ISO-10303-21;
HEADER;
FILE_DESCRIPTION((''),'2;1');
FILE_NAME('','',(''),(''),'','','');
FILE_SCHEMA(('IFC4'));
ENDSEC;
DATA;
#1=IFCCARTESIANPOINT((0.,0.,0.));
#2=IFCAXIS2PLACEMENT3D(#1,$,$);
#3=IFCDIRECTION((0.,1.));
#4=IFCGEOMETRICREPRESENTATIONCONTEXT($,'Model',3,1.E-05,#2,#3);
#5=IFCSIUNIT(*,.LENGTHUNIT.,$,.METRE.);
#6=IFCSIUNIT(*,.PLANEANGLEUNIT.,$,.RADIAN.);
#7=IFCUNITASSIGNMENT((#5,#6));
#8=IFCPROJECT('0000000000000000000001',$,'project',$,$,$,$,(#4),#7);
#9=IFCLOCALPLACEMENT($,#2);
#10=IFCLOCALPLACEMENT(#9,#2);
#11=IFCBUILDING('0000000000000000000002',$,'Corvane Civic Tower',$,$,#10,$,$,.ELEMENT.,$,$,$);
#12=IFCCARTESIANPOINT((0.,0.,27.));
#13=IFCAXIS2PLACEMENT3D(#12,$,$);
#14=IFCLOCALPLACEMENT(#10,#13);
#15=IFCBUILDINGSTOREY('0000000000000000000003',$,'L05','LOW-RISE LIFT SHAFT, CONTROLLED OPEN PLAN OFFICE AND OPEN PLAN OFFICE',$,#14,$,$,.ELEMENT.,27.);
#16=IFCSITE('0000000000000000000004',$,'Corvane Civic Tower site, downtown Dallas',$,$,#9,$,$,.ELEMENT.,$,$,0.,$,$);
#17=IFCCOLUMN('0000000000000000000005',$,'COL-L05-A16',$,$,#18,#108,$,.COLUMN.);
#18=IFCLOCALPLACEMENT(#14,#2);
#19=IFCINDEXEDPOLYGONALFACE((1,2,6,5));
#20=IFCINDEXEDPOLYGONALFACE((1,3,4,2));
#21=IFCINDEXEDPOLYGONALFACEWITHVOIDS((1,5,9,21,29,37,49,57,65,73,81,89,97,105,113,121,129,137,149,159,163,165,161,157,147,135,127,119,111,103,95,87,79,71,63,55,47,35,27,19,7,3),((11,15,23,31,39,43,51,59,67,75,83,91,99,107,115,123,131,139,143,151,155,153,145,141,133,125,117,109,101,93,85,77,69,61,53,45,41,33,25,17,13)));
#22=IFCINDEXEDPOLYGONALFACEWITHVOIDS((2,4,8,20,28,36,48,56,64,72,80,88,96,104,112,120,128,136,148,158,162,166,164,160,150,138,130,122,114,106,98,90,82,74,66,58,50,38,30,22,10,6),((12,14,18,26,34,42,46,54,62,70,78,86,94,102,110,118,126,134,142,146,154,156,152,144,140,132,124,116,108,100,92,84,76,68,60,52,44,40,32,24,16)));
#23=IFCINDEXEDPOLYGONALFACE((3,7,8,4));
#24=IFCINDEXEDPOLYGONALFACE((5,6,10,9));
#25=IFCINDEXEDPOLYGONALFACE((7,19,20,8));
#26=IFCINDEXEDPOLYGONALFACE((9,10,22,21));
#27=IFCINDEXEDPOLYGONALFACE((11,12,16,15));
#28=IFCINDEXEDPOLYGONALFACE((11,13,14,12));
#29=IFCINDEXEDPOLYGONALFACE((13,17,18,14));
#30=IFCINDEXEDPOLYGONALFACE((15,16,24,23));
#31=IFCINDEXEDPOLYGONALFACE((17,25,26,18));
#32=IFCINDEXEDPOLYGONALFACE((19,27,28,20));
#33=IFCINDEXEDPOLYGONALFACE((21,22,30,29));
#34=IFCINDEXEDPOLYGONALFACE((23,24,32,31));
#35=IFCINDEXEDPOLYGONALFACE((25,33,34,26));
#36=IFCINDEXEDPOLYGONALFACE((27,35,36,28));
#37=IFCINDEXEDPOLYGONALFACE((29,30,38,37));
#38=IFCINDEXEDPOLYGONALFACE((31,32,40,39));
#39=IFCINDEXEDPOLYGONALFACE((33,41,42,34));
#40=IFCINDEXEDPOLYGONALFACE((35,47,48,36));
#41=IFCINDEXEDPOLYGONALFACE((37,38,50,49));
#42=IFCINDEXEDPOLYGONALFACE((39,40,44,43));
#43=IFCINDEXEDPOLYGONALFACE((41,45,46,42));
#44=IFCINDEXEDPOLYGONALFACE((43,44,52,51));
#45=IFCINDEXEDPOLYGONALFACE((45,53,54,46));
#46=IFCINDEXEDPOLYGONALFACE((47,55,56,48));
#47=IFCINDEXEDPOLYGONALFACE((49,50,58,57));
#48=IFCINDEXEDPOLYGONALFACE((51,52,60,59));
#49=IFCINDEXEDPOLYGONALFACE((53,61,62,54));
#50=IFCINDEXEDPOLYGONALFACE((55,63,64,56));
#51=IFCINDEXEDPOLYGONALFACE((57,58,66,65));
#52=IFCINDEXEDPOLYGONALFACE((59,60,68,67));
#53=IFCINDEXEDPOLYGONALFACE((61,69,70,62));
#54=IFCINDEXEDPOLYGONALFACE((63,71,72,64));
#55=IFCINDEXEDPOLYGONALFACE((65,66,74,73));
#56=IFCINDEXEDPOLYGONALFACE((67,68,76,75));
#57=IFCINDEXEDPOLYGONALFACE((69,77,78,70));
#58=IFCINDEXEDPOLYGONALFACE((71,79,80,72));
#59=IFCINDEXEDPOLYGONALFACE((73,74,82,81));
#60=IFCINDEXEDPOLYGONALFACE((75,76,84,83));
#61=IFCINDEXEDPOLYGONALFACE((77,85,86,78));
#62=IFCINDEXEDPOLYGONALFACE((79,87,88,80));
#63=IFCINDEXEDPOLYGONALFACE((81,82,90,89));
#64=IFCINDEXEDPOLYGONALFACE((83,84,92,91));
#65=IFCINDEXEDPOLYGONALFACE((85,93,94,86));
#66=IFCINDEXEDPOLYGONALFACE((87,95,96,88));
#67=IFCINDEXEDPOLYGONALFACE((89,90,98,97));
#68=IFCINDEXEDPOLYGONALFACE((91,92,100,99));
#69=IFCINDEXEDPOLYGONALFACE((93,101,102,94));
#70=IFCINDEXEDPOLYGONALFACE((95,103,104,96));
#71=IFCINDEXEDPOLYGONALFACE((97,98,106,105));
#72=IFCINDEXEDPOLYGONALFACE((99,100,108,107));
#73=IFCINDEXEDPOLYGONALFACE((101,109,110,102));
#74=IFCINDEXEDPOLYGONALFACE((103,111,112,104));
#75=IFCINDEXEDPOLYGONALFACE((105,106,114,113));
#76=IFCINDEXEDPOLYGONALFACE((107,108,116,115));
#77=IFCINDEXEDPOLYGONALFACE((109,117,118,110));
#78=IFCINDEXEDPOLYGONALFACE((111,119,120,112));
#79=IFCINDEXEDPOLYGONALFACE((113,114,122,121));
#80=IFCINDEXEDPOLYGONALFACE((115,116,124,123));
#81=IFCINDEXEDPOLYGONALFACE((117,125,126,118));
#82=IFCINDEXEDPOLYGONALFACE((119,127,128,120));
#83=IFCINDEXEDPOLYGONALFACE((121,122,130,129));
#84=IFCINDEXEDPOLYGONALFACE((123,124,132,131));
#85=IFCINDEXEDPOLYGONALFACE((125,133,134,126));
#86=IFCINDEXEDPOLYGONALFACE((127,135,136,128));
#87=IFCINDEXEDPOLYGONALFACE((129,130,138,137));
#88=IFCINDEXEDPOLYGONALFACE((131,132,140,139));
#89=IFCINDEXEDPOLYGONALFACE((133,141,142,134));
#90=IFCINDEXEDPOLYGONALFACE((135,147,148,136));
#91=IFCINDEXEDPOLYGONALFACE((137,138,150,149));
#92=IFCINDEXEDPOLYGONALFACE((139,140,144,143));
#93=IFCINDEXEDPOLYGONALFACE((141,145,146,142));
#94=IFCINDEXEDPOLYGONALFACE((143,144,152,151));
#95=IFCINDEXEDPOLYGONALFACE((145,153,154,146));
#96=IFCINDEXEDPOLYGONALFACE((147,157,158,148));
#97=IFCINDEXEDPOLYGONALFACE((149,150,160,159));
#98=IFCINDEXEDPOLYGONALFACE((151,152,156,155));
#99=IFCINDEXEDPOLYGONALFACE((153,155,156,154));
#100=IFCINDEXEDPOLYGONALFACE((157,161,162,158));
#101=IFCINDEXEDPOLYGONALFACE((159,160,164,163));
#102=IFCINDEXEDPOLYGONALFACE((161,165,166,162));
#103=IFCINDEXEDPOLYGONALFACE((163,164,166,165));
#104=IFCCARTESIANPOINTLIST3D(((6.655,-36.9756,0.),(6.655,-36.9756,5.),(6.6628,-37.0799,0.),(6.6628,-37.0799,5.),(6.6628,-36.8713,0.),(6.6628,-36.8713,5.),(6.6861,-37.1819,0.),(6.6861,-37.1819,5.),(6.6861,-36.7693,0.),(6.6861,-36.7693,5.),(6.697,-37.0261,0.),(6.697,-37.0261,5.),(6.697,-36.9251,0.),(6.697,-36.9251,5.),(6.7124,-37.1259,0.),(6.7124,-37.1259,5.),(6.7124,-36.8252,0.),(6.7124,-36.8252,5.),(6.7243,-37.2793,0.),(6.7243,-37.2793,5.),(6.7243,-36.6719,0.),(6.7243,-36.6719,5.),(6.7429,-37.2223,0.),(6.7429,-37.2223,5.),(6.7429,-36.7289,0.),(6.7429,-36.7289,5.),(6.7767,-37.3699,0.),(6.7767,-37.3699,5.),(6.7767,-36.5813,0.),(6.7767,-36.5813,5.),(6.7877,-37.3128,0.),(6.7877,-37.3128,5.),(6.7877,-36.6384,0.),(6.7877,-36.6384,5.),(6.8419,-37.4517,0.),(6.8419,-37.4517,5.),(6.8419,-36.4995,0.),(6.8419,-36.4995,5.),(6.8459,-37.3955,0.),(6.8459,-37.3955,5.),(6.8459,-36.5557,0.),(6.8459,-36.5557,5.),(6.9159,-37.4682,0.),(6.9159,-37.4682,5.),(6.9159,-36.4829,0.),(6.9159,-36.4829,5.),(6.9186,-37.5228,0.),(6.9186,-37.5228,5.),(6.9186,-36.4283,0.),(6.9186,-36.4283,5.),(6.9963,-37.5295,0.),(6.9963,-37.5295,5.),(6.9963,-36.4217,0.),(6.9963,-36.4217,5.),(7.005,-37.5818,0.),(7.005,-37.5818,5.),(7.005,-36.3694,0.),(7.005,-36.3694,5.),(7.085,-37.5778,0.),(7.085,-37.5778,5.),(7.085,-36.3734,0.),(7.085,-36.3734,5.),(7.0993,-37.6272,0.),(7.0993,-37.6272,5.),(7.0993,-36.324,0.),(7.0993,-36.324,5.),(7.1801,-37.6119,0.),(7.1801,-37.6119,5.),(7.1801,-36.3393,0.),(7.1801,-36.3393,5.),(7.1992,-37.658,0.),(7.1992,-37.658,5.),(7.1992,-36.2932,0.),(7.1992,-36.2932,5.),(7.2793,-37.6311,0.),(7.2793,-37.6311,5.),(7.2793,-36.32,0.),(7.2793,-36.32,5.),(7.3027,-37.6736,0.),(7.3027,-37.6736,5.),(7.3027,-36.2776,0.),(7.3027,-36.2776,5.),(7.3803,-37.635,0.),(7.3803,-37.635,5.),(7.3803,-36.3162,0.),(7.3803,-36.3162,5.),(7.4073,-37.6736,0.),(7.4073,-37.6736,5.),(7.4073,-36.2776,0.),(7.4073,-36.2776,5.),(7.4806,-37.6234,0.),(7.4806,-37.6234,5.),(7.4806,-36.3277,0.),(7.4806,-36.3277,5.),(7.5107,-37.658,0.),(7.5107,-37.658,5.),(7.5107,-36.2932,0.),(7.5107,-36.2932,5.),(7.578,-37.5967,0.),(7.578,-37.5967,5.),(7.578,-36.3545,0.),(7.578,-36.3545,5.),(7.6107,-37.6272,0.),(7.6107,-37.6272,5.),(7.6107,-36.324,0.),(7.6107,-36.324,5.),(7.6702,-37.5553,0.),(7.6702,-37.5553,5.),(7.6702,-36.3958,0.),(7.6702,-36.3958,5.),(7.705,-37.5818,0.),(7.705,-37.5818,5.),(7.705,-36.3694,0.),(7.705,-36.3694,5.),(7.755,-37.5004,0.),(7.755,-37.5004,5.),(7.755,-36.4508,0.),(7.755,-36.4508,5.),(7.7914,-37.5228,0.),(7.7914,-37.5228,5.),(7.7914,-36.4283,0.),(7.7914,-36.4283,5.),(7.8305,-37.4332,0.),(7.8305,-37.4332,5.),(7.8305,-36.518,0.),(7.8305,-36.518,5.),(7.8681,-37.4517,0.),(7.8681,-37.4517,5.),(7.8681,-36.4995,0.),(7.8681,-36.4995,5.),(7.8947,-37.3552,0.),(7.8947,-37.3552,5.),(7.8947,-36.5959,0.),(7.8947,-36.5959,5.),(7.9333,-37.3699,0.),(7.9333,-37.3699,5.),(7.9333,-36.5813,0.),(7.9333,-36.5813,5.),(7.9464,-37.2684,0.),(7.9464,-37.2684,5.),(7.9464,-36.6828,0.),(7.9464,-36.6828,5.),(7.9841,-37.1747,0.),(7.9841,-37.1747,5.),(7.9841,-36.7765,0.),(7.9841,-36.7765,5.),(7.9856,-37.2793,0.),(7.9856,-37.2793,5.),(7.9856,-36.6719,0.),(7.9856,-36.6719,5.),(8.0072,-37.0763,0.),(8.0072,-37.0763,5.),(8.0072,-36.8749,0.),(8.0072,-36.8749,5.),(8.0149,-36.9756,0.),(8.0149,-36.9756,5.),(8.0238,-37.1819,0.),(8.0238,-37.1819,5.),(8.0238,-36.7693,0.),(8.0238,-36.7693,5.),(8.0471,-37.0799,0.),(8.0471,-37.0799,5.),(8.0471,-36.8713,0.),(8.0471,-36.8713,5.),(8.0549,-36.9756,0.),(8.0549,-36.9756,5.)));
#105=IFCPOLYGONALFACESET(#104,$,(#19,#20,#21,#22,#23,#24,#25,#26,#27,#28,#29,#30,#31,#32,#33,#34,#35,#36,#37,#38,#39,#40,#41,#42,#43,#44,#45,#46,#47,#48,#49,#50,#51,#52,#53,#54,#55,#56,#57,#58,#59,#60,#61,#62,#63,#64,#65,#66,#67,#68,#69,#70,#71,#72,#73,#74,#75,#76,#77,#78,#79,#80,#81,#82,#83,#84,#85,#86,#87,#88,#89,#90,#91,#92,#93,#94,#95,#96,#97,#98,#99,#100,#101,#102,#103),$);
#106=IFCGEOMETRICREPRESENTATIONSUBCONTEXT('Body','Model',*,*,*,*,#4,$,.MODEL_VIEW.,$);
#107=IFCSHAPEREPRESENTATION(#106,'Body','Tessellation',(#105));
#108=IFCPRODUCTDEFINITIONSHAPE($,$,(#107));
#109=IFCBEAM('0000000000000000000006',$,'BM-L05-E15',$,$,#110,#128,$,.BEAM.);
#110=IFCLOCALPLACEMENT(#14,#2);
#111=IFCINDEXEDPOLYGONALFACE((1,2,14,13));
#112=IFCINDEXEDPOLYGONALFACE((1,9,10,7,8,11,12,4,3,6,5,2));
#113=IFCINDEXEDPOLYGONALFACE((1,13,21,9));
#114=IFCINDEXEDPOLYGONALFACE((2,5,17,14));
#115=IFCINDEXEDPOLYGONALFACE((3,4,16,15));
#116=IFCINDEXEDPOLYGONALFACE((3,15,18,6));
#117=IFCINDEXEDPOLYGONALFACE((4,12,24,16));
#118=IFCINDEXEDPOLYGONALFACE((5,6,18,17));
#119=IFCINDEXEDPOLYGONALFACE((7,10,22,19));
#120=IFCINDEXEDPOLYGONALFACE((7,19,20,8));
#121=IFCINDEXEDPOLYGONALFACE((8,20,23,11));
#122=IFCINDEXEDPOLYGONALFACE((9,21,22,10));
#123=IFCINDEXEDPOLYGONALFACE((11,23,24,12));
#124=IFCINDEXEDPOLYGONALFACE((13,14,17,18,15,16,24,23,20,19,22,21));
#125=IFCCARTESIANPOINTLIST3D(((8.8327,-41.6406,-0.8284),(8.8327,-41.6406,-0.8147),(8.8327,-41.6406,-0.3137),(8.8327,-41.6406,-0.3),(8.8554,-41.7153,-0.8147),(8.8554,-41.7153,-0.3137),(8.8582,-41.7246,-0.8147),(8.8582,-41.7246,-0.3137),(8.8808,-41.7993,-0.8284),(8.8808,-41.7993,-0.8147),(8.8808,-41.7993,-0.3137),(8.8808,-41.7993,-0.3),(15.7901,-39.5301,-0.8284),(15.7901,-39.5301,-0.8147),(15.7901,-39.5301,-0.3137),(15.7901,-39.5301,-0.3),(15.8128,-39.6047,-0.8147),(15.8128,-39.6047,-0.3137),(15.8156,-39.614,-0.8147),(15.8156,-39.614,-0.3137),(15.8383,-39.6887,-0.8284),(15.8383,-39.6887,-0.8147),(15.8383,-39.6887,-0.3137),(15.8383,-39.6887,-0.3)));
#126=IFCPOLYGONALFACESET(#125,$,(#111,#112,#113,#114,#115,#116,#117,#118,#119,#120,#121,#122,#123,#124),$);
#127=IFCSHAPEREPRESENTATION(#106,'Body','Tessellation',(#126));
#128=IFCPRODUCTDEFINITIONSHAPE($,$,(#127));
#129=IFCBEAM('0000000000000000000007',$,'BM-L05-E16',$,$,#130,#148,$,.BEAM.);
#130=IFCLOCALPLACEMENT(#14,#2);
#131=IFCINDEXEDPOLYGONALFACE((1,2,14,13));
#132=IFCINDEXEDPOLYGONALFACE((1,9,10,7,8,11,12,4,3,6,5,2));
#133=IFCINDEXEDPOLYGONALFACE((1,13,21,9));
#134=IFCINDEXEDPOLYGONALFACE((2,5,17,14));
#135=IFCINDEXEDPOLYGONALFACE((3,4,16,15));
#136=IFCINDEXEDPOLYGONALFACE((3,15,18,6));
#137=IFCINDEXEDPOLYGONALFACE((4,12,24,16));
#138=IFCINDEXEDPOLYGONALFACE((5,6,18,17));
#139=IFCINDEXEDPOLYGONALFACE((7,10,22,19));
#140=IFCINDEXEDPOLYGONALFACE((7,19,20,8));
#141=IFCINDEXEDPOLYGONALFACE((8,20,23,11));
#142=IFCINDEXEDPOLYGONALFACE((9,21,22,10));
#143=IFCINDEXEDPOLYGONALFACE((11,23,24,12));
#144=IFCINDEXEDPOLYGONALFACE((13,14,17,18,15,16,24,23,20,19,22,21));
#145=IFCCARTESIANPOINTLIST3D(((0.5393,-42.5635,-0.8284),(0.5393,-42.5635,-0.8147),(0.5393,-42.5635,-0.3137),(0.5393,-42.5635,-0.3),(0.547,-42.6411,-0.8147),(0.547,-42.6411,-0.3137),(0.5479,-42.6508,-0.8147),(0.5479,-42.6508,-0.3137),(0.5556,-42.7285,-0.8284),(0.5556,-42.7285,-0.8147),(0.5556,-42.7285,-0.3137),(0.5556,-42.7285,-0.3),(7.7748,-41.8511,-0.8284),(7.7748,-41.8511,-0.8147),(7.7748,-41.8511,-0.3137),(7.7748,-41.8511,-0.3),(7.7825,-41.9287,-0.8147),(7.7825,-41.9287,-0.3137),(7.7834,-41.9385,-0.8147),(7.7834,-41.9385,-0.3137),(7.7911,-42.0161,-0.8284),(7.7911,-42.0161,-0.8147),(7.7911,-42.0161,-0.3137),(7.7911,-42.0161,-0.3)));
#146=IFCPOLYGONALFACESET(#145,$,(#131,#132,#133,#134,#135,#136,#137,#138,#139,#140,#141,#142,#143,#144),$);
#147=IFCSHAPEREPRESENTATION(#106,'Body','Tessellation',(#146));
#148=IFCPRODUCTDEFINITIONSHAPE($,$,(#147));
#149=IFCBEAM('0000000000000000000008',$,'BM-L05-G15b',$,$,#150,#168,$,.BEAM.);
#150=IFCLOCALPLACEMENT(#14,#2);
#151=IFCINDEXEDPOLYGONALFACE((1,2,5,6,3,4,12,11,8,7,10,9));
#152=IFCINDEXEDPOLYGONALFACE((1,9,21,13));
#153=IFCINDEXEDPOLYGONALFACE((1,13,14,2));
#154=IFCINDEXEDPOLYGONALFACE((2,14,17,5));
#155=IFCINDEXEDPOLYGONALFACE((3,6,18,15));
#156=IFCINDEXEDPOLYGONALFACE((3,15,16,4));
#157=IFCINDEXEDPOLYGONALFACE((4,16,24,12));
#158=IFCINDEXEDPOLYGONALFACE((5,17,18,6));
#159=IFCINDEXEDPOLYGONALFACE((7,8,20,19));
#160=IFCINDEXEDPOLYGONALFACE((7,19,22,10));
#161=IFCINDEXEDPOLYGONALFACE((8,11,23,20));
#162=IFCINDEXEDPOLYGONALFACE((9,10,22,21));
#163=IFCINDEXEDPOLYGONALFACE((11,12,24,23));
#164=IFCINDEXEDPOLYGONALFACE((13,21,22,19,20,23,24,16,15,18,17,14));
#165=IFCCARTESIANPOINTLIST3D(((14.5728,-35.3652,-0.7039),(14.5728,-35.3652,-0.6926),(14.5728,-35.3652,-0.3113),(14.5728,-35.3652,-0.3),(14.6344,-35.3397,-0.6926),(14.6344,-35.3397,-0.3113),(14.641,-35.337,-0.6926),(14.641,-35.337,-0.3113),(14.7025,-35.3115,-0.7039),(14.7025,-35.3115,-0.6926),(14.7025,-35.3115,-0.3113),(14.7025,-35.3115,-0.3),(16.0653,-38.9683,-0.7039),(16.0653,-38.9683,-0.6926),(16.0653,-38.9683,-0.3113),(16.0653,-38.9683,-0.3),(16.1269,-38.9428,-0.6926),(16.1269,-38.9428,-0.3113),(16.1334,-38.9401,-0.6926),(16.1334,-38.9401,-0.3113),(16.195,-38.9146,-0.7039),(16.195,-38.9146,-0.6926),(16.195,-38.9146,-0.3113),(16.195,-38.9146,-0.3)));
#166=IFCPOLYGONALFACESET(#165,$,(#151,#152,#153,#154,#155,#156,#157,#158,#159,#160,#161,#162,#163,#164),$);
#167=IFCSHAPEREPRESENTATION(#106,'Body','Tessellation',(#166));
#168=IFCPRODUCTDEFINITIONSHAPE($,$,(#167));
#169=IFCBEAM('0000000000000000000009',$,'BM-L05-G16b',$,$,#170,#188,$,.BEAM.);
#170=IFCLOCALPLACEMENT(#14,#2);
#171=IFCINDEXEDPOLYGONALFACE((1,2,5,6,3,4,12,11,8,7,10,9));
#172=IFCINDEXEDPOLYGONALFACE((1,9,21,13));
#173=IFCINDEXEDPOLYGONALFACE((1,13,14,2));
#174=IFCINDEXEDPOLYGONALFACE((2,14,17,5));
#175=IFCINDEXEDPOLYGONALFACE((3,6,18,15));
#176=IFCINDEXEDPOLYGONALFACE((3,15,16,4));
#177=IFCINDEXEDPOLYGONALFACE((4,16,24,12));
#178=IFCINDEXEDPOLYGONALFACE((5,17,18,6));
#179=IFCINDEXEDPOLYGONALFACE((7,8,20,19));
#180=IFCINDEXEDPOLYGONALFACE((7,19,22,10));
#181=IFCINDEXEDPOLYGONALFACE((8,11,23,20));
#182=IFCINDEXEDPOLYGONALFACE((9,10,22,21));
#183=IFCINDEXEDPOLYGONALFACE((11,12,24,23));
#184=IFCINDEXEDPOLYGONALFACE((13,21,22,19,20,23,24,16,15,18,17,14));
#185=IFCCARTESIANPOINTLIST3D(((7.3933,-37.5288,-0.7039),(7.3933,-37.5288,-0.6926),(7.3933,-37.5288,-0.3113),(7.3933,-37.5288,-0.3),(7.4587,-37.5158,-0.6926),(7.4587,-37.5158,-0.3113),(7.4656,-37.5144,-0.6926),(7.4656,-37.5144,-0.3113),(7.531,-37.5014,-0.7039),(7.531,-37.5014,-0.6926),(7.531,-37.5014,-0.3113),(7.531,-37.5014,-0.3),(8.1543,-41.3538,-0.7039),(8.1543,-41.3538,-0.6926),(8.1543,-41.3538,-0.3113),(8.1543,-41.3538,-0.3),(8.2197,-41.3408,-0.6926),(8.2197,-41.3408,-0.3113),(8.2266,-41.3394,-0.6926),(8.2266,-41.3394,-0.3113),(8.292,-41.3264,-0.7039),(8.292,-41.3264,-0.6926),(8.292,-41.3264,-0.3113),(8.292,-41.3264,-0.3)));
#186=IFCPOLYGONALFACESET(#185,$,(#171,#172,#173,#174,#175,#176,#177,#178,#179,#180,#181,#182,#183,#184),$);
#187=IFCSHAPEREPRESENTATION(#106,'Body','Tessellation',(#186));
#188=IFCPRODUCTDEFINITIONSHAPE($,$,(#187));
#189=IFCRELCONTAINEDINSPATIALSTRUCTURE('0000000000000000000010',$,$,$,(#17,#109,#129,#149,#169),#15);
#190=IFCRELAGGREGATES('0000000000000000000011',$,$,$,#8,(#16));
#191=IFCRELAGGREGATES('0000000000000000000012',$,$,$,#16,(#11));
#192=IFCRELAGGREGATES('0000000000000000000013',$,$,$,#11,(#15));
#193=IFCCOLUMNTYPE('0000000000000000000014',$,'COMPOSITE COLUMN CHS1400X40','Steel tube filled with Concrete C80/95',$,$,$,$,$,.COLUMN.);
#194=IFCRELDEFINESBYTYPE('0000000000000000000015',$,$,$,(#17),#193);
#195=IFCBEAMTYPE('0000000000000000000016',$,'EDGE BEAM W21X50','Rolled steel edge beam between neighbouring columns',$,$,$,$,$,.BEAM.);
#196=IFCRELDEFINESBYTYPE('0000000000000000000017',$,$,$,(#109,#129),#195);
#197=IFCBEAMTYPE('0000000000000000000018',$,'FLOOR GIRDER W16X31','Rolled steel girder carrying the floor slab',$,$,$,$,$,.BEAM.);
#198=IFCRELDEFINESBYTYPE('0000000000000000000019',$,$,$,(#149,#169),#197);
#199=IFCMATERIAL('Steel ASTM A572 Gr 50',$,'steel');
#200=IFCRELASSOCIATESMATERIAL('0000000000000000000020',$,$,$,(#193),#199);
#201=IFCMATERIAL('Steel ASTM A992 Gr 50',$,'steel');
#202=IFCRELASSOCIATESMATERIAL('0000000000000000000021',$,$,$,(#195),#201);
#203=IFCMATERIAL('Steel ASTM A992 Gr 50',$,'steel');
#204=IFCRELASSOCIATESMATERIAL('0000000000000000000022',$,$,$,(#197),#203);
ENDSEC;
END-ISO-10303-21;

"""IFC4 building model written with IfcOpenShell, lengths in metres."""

from ifc_helpers import new_model, si_unit, direction, frame, origin, origin_2d, place, context, subcontext, project, spatial, hollow_circle, i_section, extrude, material, material_profile, profile_set, type_object, element, save


model = new_model("IFC4")

# Units and contexts
model_context = context("Model", 3, precision=1e-05, world=origin(), true_north=direction((0.0, 1.0)))
body_context = subcontext(model_context, "Body", "Model", "MODEL_VIEW")
ifc_project = project(units=[si_unit("LENGTHUNIT", "METRE"), si_unit("PLANEANGLEUNIT", "RADIAN")], contexts=[model_context])

# Site, building, storey
site_placement = place(None, origin())
site = spatial("IfcSite", under=ifc_project, at=site_placement, Name="Corvane Civic Tower site, downtown Dallas", CompositionType="ELEMENT", RefElevation=0.0)
building_placement = place(site_placement, origin())
building = spatial("IfcBuilding", under=site, at=building_placement, Name="Corvane Civic Tower", CompositionType="ELEMENT")
storey_placement = place(building_placement, frame((0.0, 0.0, 27.0)))
storey = spatial("IfcBuildingStorey", under=building, at=storey_placement, Name="L05", Description="LOW-RISE LIFT SHAFT, CONTROLLED OPEN PLAN OFFICE AND OPEN PLAN OFFICE", CompositionType="ELEMENT", Elevation=27.0)

# Column
ifc_material_1 = material(Name="Steel ASTM A572 Gr 50", Category="steel")
ifc_material_profile_1 = material_profile(ifc_material_1, hollow_circle(Radius=0.7, WallThickness=0.04, at=origin_2d()), Name="CHS1400X40")
ifc_profile_set_1 = profile_set([ifc_material_profile_1], Name="Steel ASTM A572 Gr 50")
column_type_1 = type_object("IfcColumnType", Name="COMPOSITE COLUMN CHS1400X40", Description="Steel tube filled with Concrete C80/95", PredefinedType="COLUMN", material=ifc_profile_set_1)
for number, where, z_axis, x_axis, name in (
    (1, (7.355, -36.9756, 0.0), (0.0, 0.0, 1.0), (1.0, 0.0, 0.0), "COL-L05-A16"),
):
    element("IfcColumn", number, at=place(storey_placement, frame(where, z_axis=z_axis, x_axis=x_axis)), inside=storey, type_object=column_type_1, Name=name, PredefinedType="COLUMN", context=body_context, shape_type="SweptSolid", body=[
        extrude(hollow_circle(Radius=0.7, WallThickness=0.04, at=origin_2d()), origin(), (0.0, 0.0, 1.0), 5.0),
    ])

# Beams
ifc_material_2 = material(Name="Steel ASTM A992 Gr 50", Category="steel")
ifc_material_profile_2 = material_profile(ifc_material_2, i_section(OverallWidth=0.1658, OverallDepth=0.5283, WebThickness=0.0098, FlangeThickness=0.0137, at=origin_2d()), Name="W21X50")
ifc_profile_set_2 = profile_set([ifc_material_profile_2], Name="Steel ASTM A992 Gr 50")
beam_type_1 = type_object("IfcBeamType", Name="EDGE BEAM W21X50", Description="Rolled steel edge beam between neighbouring columns", PredefinedType="BEAM", material=ifc_profile_set_2)
for number, where, z_axis, x_axis, name in (
    (2, (15.8142, -39.6094, -0.5642), (-0.956938, -0.290292, 0.0), (0.290292, -0.956938, 0.0), "BM-L05-E15"),
    (3, (7.783, -41.9336, -0.5642), (-0.995188, -0.097984, 0.0), (0.097984, -0.995188, 0.0), "BM-L05-E16"),
):
    element("IfcBeam", number, at=place(storey_placement, frame(where, z_axis=z_axis, x_axis=x_axis)), inside=storey, type_object=beam_type_1, Name=name, PredefinedType="BEAM", context=body_context, shape_type="SweptSolid", body=[
        extrude(i_section(OverallWidth=0.1658, OverallDepth=0.5283, WebThickness=0.0098, FlangeThickness=0.0137, at=origin_2d()), origin(), (0.0, 0.0, 1.0), 7.2705),
    ])
ifc_material_3 = material(Name="Steel ASTM A992 Gr 50", Category="steel")
ifc_material_profile_3 = material_profile(ifc_material_3, i_section(OverallWidth=0.1404, OverallDepth=0.4038, WebThickness=0.0071, FlangeThickness=0.0112, at=origin_2d()), Name="W16X31")
ifc_profile_set_3 = profile_set([ifc_material_profile_3], Name="Steel ASTM A992 Gr 50")
beam_type_2 = type_object("IfcBeamType", Name="FLOOR GIRDER W16X31", Description="Rolled steel girder carrying the floor slab", PredefinedType="BEAM", material=ifc_profile_set_3)
for number, where, z_axis, x_axis, name in (
    (4, (14.6377, -35.3384, -0.502), (0.382685, -0.923879, 0.0), (0.923879, 0.382685, 0.0), "BM-L05-G15b"),
    (5, (7.4622, -37.5151, -0.502), (0.195129, -0.980778, 0.0), (0.980778, 0.195129, 0.0), "BM-L05-G16b"),
):
    element("IfcBeam", number, at=place(storey_placement, frame(where, z_axis=z_axis, x_axis=x_axis)), inside=storey, type_object=beam_type_2, Name=name, PredefinedType="BEAM", context=body_context, shape_type="SweptSolid", body=[
        extrude(i_section(OverallWidth=0.1404, OverallDepth=0.4038, WebThickness=0.0071, FlangeThickness=0.0112, at=origin_2d()), origin(), (0.0, 0.0, 1.0), 3.8999),
    ])

save(model, "model.ifc")
